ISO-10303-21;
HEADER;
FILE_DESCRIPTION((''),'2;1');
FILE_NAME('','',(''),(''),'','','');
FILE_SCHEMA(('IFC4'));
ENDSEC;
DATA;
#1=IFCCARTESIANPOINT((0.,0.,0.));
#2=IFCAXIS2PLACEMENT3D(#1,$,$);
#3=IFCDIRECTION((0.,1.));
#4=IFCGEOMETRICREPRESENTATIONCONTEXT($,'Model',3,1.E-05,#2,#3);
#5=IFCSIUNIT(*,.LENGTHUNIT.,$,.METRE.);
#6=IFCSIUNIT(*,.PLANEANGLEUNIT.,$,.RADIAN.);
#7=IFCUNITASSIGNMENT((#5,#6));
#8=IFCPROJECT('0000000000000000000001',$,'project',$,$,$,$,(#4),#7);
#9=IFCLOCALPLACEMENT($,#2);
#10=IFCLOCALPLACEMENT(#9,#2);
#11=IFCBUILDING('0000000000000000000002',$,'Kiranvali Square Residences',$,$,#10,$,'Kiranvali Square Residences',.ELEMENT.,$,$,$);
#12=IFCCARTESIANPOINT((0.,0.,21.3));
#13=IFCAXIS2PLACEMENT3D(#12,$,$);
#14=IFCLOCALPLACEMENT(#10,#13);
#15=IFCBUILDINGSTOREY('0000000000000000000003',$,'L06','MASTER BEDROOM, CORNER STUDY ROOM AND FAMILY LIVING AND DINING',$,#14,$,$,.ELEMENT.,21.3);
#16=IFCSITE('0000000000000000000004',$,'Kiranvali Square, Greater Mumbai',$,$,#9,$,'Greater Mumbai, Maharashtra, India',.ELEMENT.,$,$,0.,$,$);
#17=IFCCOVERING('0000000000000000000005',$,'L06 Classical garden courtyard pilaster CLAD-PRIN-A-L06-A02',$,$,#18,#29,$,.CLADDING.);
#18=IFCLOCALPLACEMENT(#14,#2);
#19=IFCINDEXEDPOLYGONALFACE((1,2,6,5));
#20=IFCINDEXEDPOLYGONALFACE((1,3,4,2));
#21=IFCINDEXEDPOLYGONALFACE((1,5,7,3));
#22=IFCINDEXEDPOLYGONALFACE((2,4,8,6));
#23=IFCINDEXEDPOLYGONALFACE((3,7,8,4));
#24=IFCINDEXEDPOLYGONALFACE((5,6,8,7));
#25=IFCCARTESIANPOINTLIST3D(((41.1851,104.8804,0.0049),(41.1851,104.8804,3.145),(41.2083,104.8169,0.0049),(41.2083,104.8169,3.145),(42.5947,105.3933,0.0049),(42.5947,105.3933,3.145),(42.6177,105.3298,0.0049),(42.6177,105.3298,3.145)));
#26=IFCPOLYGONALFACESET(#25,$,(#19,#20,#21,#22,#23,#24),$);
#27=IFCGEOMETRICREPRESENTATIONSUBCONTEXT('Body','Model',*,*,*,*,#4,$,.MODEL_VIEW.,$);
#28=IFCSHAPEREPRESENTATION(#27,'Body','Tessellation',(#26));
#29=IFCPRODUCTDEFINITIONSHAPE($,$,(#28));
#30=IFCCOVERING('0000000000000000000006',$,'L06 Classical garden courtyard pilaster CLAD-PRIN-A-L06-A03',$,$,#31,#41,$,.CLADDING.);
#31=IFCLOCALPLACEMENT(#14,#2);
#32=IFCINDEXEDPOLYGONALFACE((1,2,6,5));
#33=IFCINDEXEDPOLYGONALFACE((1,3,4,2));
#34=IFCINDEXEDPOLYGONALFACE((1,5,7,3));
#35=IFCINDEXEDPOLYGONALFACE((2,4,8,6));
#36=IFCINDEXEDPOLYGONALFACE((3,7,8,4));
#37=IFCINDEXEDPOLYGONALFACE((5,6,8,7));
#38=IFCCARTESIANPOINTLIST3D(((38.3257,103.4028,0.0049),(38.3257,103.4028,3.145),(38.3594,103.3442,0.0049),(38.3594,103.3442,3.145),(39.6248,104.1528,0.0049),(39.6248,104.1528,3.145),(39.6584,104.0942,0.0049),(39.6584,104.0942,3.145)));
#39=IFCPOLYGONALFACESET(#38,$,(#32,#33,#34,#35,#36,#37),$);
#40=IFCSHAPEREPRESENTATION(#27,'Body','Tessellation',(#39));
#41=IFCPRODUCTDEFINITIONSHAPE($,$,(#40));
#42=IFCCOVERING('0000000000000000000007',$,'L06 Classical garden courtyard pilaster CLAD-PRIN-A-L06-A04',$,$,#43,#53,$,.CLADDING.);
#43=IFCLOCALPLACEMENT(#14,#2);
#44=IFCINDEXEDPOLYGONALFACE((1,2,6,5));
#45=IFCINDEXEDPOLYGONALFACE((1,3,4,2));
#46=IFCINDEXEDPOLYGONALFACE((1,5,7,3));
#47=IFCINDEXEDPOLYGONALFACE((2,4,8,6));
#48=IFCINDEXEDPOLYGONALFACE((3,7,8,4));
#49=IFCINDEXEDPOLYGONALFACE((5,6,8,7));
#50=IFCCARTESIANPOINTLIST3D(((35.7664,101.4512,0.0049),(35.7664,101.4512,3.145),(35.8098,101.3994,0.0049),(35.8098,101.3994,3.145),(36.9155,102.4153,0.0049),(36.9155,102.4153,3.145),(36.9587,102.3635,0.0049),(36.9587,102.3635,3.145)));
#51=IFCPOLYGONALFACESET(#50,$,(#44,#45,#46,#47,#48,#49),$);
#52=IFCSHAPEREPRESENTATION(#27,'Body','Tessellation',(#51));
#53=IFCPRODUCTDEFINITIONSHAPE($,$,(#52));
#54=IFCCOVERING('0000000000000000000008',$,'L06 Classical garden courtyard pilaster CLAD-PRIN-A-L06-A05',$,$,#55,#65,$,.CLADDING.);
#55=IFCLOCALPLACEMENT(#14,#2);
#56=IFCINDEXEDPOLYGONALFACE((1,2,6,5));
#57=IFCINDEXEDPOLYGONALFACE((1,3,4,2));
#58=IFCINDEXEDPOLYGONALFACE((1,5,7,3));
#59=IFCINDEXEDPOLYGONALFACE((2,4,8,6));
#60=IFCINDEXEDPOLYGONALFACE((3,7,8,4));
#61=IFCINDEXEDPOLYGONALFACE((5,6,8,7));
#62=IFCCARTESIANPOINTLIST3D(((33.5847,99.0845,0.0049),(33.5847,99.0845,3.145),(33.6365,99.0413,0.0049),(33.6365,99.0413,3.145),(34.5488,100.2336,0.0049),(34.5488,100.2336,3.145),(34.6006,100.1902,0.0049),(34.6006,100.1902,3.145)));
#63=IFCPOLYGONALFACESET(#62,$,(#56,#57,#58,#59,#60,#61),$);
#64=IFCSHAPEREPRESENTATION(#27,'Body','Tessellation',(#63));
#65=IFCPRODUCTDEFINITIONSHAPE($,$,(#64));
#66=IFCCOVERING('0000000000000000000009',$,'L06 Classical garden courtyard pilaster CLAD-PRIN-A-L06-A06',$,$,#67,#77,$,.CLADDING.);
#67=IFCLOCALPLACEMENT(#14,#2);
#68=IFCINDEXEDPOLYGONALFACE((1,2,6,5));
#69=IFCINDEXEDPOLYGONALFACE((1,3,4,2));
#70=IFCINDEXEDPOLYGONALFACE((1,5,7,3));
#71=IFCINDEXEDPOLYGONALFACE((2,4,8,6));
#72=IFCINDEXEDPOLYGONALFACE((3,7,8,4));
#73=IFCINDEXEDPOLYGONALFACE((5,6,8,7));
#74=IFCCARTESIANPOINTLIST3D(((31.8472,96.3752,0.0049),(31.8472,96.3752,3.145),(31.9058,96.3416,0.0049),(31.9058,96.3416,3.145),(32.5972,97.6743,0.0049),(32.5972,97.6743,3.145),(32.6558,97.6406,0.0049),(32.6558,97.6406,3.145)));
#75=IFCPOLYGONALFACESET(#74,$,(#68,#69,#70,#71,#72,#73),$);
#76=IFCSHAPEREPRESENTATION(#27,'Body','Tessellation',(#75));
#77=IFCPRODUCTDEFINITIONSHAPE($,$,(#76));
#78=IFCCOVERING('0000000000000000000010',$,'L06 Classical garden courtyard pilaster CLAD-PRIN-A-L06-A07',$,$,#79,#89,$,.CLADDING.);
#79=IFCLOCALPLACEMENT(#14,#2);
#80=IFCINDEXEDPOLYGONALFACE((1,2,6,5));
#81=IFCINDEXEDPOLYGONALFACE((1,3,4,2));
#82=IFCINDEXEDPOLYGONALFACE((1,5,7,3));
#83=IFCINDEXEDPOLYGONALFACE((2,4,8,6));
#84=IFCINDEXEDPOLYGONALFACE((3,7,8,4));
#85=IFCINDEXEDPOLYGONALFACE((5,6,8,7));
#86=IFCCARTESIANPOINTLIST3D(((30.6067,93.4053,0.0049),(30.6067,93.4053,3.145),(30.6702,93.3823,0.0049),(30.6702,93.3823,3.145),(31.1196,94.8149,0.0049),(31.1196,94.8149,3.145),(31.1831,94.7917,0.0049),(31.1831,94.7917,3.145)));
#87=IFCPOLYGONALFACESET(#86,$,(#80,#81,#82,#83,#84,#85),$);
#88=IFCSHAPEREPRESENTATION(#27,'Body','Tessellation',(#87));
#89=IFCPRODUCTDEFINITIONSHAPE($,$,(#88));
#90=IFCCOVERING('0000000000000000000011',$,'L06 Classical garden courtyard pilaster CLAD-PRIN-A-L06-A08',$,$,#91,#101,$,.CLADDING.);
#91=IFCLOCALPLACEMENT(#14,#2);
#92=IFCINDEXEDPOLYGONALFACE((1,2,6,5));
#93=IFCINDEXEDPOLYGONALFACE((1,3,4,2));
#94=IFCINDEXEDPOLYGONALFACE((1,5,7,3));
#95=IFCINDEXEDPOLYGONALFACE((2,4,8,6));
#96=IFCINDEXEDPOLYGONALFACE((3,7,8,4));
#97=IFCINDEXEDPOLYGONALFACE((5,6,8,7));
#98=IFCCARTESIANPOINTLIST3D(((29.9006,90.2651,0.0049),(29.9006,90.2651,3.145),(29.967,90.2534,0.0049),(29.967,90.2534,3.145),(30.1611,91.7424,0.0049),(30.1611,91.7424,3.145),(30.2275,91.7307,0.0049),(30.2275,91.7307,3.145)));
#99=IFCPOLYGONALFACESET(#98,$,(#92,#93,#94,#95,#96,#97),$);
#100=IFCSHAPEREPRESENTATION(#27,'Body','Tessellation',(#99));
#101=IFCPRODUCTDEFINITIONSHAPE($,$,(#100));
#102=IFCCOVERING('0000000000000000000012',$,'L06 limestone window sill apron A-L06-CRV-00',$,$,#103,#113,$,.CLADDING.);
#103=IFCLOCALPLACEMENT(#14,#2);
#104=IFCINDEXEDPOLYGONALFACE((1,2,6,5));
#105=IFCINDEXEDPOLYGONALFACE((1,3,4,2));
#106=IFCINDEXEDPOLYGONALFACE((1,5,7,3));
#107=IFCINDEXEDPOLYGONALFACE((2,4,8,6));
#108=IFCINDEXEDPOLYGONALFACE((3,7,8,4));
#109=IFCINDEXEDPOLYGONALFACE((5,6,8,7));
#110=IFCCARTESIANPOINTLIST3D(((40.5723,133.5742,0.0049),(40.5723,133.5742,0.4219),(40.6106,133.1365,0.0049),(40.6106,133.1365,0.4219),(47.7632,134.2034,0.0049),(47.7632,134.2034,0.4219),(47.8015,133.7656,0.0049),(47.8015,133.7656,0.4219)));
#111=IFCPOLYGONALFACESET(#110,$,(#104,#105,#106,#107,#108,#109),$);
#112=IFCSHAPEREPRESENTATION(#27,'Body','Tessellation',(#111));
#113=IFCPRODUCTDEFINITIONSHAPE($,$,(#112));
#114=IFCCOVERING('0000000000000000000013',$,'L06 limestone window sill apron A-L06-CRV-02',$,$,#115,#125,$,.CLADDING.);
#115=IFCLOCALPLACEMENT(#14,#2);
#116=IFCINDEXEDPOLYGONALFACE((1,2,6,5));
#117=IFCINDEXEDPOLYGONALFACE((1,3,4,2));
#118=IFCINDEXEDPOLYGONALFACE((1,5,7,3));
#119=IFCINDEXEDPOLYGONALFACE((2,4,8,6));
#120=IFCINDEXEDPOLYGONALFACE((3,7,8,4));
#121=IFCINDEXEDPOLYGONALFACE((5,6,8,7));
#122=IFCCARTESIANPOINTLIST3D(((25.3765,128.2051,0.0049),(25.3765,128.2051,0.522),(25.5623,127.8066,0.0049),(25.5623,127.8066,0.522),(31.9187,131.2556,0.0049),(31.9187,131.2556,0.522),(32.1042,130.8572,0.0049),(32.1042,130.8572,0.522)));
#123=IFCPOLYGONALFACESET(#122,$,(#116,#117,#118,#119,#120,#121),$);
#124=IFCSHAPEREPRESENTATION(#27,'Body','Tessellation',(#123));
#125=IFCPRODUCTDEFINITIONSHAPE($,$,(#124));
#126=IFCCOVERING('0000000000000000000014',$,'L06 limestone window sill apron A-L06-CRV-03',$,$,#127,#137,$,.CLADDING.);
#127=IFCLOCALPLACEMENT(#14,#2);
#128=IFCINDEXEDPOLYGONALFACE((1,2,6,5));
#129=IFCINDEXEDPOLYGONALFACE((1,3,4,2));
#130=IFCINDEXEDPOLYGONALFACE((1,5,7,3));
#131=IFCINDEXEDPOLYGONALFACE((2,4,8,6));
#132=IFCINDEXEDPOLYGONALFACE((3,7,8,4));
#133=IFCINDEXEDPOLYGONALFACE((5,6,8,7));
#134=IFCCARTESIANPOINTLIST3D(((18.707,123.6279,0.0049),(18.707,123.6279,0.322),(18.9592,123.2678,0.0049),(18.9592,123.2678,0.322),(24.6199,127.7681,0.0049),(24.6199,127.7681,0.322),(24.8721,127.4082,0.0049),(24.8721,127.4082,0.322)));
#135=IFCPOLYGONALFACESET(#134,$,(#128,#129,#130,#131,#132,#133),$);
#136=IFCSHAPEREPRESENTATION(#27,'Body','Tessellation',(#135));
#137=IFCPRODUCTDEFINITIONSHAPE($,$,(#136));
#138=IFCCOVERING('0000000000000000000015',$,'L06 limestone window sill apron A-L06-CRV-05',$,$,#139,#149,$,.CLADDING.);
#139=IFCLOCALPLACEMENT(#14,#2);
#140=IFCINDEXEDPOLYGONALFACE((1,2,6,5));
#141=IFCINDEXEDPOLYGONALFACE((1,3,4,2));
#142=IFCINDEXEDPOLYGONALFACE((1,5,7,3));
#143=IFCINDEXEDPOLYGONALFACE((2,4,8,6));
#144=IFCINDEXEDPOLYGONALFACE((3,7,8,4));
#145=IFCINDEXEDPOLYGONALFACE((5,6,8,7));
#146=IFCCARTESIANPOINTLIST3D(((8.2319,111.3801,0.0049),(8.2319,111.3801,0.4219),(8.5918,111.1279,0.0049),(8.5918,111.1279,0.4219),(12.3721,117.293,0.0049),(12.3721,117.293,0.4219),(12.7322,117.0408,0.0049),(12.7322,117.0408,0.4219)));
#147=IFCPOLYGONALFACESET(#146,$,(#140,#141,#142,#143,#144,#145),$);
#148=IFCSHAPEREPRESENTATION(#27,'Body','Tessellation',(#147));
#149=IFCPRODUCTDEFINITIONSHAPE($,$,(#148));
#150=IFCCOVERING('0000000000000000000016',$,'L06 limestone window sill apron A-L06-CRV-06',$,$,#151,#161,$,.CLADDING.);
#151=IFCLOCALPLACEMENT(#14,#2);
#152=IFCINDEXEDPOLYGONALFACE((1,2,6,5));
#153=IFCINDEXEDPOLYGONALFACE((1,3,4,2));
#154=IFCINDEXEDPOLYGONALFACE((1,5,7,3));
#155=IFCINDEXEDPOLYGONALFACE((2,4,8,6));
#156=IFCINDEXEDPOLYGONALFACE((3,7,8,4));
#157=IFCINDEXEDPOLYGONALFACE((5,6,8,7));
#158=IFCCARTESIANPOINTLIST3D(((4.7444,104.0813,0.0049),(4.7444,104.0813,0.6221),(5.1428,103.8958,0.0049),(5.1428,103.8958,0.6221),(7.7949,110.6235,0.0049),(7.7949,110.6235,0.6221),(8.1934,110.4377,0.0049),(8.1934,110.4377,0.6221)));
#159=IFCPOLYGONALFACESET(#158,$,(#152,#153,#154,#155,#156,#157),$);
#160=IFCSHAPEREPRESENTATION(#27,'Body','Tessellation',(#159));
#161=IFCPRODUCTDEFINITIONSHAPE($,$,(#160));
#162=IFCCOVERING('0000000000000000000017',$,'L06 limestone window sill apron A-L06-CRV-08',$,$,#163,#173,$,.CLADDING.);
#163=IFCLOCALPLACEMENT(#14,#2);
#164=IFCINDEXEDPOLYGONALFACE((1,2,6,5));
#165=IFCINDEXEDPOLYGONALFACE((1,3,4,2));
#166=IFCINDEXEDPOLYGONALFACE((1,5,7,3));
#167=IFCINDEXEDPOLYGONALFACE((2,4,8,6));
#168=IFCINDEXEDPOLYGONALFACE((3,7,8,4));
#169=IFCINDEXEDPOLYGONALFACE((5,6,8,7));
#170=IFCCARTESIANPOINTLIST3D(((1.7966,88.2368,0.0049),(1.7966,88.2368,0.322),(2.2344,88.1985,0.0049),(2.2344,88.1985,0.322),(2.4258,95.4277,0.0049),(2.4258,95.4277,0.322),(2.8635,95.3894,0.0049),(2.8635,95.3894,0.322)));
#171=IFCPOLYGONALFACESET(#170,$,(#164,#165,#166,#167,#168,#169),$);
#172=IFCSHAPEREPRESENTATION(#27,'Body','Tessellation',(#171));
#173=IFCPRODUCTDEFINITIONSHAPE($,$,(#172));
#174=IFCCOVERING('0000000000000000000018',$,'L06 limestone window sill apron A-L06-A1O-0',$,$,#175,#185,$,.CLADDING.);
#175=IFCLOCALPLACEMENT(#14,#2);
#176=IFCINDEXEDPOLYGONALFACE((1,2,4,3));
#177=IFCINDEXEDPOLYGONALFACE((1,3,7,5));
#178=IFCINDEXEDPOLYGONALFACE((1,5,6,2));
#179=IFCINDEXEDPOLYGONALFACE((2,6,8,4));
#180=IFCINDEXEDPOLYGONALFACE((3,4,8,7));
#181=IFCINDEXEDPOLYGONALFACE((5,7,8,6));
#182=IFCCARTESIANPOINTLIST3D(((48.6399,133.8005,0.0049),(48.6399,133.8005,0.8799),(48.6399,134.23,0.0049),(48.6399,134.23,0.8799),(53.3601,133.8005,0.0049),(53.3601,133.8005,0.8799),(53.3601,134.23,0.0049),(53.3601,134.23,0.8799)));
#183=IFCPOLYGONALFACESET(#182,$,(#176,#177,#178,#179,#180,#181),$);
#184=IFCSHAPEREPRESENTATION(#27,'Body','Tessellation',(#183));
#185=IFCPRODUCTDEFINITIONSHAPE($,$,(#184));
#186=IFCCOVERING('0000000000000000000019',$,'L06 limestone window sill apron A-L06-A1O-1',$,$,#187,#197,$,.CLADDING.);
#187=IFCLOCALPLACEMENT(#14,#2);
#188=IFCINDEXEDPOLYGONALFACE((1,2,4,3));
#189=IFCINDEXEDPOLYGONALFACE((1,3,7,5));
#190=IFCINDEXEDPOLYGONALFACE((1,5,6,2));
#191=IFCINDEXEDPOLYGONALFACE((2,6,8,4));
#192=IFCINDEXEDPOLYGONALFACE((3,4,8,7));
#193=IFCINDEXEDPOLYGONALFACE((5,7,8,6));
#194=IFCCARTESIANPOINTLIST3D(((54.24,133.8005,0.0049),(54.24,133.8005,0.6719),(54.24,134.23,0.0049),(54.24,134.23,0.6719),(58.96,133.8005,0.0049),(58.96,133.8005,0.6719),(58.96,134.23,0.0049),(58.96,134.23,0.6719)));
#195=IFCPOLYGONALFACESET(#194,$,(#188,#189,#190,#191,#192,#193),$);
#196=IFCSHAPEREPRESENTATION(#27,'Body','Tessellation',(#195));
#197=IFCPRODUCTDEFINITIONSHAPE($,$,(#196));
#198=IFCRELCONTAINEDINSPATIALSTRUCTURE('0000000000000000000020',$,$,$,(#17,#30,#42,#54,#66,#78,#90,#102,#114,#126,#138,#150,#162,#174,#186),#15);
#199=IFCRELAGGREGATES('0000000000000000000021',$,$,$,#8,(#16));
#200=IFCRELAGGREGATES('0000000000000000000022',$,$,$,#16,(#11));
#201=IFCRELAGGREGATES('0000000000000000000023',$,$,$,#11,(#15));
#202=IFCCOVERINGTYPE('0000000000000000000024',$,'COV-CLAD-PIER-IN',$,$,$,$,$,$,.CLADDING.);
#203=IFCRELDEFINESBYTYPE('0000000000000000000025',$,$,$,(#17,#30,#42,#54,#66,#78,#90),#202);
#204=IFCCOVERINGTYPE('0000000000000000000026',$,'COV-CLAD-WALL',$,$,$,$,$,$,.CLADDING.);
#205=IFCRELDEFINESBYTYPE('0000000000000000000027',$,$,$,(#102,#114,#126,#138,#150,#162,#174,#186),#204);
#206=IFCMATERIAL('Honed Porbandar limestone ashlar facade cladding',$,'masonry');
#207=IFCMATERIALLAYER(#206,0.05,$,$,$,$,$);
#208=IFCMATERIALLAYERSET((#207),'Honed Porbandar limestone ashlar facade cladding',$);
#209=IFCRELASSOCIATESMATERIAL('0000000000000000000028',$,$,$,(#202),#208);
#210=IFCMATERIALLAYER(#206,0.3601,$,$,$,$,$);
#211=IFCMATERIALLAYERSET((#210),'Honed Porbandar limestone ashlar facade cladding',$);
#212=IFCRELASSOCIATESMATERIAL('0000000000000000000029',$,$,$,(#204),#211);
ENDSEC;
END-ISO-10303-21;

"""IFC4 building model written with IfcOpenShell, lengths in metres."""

from ifc_helpers import new_model, si_unit, direction, frame, origin, place, context, subcontext, project, spatial, polyline, outline, extrude, material, layer, layer_set, type_object, element, save


model = new_model("IFC4")

# Units and contexts
model_context = context("Model", 3, precision=1e-05, world=origin(), true_north=direction((0.0, 1.0)))
body_context = subcontext(model_context, "Body", "Model", "MODEL_VIEW")
ifc_project = project(units=[si_unit("LENGTHUNIT", "METRE"), si_unit("PLANEANGLEUNIT", "RADIAN")], contexts=[model_context])

# Site, building, storey
site_placement = place(None, origin())
site = spatial("IfcSite", under=ifc_project, at=site_placement, Name="Kiranvali Square, Greater Mumbai", LongName="Greater Mumbai, Maharashtra, India", CompositionType="ELEMENT", RefElevation=0.0)
building_placement = place(site_placement, origin())
building = spatial("IfcBuilding", under=site, at=building_placement, Name="Kiranvali Square Residences", LongName="Kiranvali Square Residences", CompositionType="ELEMENT")
storey_placement = place(building_placement, frame((0.0, 0.0, 21.3)))
storey = spatial("IfcBuildingStorey", under=building, at=storey_placement, Name="L06", Description="MASTER BEDROOM, CORNER STUDY ROOM AND FAMILY LIVING AND DINING", CompositionType="ELEMENT", Elevation=21.3)

# Coverings
ifc_material = material(Name="Honed Porbandar limestone ashlar facade cladding", Category="masonry")
ifc_layer_1 = layer(ifc_material, 0.05)
ifc_layer_set_1 = layer_set([ifc_layer_1], Name="Honed Porbandar limestone ashlar facade cladding")
covering_type_1 = type_object("IfcCoveringType", Name="COV-CLAD-PIER-IN", PredefinedType="CLADDING", material=ifc_layer_set_1)
covering_1_placement = place(storey_placement, frame((0.0, 0.0, 0.0049)))
element("IfcCovering", 1, at=covering_1_placement, inside=storey, type_object=covering_type_1, Name="L06 Classical garden courtyard pilaster CLAD-PRIN-A-L06-A02", PredefinedType="CLADDING", context=body_context, shape_type="SweptSolid", body=[
    extrude(outline(polyline([(41.2083, 104.8169), (42.6177, 105.3298), (42.5947, 105.3933), (41.1851, 104.8804), (41.2083, 104.8169)])), origin(), (0.0, 0.0, 1.0), 3.1401),
])
covering_2_placement = place(storey_placement, frame((0.0, 0.0, 0.0049)))
element("IfcCovering", 2, at=covering_2_placement, inside=storey, type_object=covering_type_1, Name="L06 Classical garden courtyard pilaster CLAD-PRIN-A-L06-A03", PredefinedType="CLADDING", context=body_context, shape_type="SweptSolid", body=[
    extrude(outline(polyline([(38.3594, 103.3442), (39.6584, 104.0942), (39.6248, 104.1528), (38.3257, 103.4028), (38.3594, 103.3442)])), origin(), (0.0, 0.0, 1.0), 3.1401),
])
covering_3_placement = place(storey_placement, frame((0.0, 0.0, 0.0049)))
element("IfcCovering", 3, at=covering_3_placement, inside=storey, type_object=covering_type_1, Name="L06 Classical garden courtyard pilaster CLAD-PRIN-A-L06-A04", PredefinedType="CLADDING", context=body_context, shape_type="SweptSolid", body=[
    extrude(outline(polyline([(35.8098, 101.3994), (36.9587, 102.3635), (36.9155, 102.4153), (35.7664, 101.4512), (35.8098, 101.3994)])), origin(), (0.0, 0.0, 1.0), 3.1401),
])
covering_4_placement = place(storey_placement, frame((0.0, 0.0, 0.0049)))
element("IfcCovering", 4, at=covering_4_placement, inside=storey, type_object=covering_type_1, Name="L06 Classical garden courtyard pilaster CLAD-PRIN-A-L06-A05", PredefinedType="CLADDING", context=body_context, shape_type="SweptSolid", body=[
    extrude(outline(polyline([(33.6365, 99.0413), (34.6006, 100.1902), (34.5488, 100.2336), (33.5847, 99.0845), (33.6365, 99.0413)])), origin(), (0.0, 0.0, 1.0), 3.1401),
])
covering_5_placement = place(storey_placement, frame((0.0, 0.0, 0.0049)))
element("IfcCovering", 5, at=covering_5_placement, inside=storey, type_object=covering_type_1, Name="L06 Classical garden courtyard pilaster CLAD-PRIN-A-L06-A06", PredefinedType="CLADDING", context=body_context, shape_type="SweptSolid", body=[
    extrude(outline(polyline([(31.9058, 96.3416), (32.6558, 97.6406), (32.5972, 97.6743), (31.8472, 96.3752), (31.9058, 96.3416)])), origin(), (0.0, 0.0, 1.0), 3.1401),
])
covering_6_placement = place(storey_placement, frame((0.0, 0.0, 0.0049)))
element("IfcCovering", 6, at=covering_6_placement, inside=storey, type_object=covering_type_1, Name="L06 Classical garden courtyard pilaster CLAD-PRIN-A-L06-A07", PredefinedType="CLADDING", context=body_context, shape_type="SweptSolid", body=[
    extrude(outline(polyline([(30.6702, 93.3823), (31.1831, 94.7917), (31.1196, 94.8149), (30.6067, 93.4053), (30.6702, 93.3823)])), origin(), (0.0, 0.0, 1.0), 3.1401),
])
covering_7_placement = place(storey_placement, frame((0.0, 0.0, 0.0049)))
element("IfcCovering", 7, at=covering_7_placement, inside=storey, type_object=covering_type_1, Name="L06 Classical garden courtyard pilaster CLAD-PRIN-A-L06-A08", PredefinedType="CLADDING", context=body_context, shape_type="SweptSolid", body=[
    extrude(outline(polyline([(29.967, 90.2534), (30.2275, 91.7307), (30.1611, 91.7424), (29.9006, 90.2651), (29.967, 90.2534)])), origin(), (0.0, 0.0, 1.0), 3.1401),
])
ifc_layer_2 = layer(ifc_material, 0.3601)
ifc_layer_set_2 = layer_set([ifc_layer_2], Name="Honed Porbandar limestone ashlar facade cladding")
covering_type_2 = type_object("IfcCoveringType", Name="COV-CLAD-WALL", PredefinedType="CLADDING", material=ifc_layer_set_2)
covering_8_placement = place(storey_placement, frame((0.0, 0.0, 0.0049)))
element("IfcCovering", 8, at=covering_8_placement, inside=storey, type_object=covering_type_2, Name="L06 limestone window sill apron A-L06-CRV-00", PredefinedType="CLADDING", context=body_context, shape_type="SweptSolid", body=[
    extrude(outline(polyline([(47.7632, 134.2034), (40.5723, 133.5742), (40.6106, 133.1365), (47.8015, 133.7656), (47.7632, 134.2034)])), origin(), (0.0, 0.0, 1.0), 0.417),
])
covering_9_placement = place(storey_placement, frame((0.0, 0.0, 0.0049)))
element("IfcCovering", 9, at=covering_9_placement, inside=storey, type_object=covering_type_2, Name="L06 limestone window sill apron A-L06-CRV-02", PredefinedType="CLADDING", context=body_context, shape_type="SweptSolid", body=[
    extrude(outline(polyline([(31.9187, 131.2556), (25.3765, 128.2051), (25.5623, 127.8066), (32.1042, 130.8572), (31.9187, 131.2556)])), origin(), (0.0, 0.0, 1.0), 0.5171),
])
covering_10_placement = place(storey_placement, frame((0.0, 0.0, 0.0049)))
element("IfcCovering", 10, at=covering_10_placement, inside=storey, type_object=covering_type_2, Name="L06 limestone window sill apron A-L06-CRV-03", PredefinedType="CLADDING", context=body_context, shape_type="SweptSolid", body=[
    extrude(outline(polyline([(24.6199, 127.7681), (18.707, 123.6279), (18.9592, 123.2678), (24.8721, 127.4082), (24.6199, 127.7681)])), origin(), (0.0, 0.0, 1.0), 0.3171),
])
covering_11_placement = place(storey_placement, frame((0.0, 0.0, 0.0049)))
element("IfcCovering", 11, at=covering_11_placement, inside=storey, type_object=covering_type_2, Name="L06 limestone window sill apron A-L06-CRV-05", PredefinedType="CLADDING", context=body_context, shape_type="SweptSolid", body=[
    extrude(outline(polyline([(12.3721, 117.293), (8.2319, 111.3801), (8.5918, 111.1279), (12.7322, 117.0408), (12.3721, 117.293)])), origin(), (0.0, 0.0, 1.0), 0.417),
])
covering_12_placement = place(storey_placement, frame((0.0, 0.0, 0.0049)))
element("IfcCovering", 12, at=covering_12_placement, inside=storey, type_object=covering_type_2, Name="L06 limestone window sill apron A-L06-CRV-06", PredefinedType="CLADDING", context=body_context, shape_type="SweptSolid", body=[
    extrude(outline(polyline([(7.7949, 110.6235), (4.7444, 104.0813), (5.1428, 103.8958), (8.1934, 110.4377), (7.7949, 110.6235)])), origin(), (0.0, 0.0, 1.0), 0.6172),
])
covering_13_placement = place(storey_placement, frame((0.0, 0.0, 0.0049)))
element("IfcCovering", 13, at=covering_13_placement, inside=storey, type_object=covering_type_2, Name="L06 limestone window sill apron A-L06-CRV-08", PredefinedType="CLADDING", context=body_context, shape_type="SweptSolid", body=[
    extrude(outline(polyline([(2.4258, 95.4277), (1.7966, 88.2368), (2.2344, 88.1985), (2.8635, 95.3894), (2.4258, 95.4277)])), origin(), (0.0, 0.0, 1.0), 0.3171),
])
covering_14_placement = place(storey_placement, frame((0.0, 0.0, 0.0049)))
element("IfcCovering", 14, at=covering_14_placement, inside=storey, type_object=covering_type_2, Name="L06 limestone window sill apron A-L06-A1O-0", PredefinedType="CLADDING", context=body_context, shape_type="SweptSolid", body=[
    extrude(outline(polyline([(48.6399, 133.8005), (53.3601, 133.8005), (53.3601, 134.23), (48.6399, 134.23), (48.6399, 133.8005)])), origin(), (0.0, 0.0, 1.0), 0.875),
])
covering_15_placement = place(storey_placement, frame((0.0, 0.0, 0.0049)))
element("IfcCovering", 15, at=covering_15_placement, inside=storey, type_object=covering_type_2, Name="L06 limestone window sill apron A-L06-A1O-1", PredefinedType="CLADDING", context=body_context, shape_type="SweptSolid", body=[
    extrude(outline(polyline([(54.24, 133.8005), (58.96, 133.8005), (58.96, 134.23), (54.24, 134.23), (54.24, 133.8005)])), origin(), (0.0, 0.0, 1.0), 0.667),
])

save(model, "model.ifc")
